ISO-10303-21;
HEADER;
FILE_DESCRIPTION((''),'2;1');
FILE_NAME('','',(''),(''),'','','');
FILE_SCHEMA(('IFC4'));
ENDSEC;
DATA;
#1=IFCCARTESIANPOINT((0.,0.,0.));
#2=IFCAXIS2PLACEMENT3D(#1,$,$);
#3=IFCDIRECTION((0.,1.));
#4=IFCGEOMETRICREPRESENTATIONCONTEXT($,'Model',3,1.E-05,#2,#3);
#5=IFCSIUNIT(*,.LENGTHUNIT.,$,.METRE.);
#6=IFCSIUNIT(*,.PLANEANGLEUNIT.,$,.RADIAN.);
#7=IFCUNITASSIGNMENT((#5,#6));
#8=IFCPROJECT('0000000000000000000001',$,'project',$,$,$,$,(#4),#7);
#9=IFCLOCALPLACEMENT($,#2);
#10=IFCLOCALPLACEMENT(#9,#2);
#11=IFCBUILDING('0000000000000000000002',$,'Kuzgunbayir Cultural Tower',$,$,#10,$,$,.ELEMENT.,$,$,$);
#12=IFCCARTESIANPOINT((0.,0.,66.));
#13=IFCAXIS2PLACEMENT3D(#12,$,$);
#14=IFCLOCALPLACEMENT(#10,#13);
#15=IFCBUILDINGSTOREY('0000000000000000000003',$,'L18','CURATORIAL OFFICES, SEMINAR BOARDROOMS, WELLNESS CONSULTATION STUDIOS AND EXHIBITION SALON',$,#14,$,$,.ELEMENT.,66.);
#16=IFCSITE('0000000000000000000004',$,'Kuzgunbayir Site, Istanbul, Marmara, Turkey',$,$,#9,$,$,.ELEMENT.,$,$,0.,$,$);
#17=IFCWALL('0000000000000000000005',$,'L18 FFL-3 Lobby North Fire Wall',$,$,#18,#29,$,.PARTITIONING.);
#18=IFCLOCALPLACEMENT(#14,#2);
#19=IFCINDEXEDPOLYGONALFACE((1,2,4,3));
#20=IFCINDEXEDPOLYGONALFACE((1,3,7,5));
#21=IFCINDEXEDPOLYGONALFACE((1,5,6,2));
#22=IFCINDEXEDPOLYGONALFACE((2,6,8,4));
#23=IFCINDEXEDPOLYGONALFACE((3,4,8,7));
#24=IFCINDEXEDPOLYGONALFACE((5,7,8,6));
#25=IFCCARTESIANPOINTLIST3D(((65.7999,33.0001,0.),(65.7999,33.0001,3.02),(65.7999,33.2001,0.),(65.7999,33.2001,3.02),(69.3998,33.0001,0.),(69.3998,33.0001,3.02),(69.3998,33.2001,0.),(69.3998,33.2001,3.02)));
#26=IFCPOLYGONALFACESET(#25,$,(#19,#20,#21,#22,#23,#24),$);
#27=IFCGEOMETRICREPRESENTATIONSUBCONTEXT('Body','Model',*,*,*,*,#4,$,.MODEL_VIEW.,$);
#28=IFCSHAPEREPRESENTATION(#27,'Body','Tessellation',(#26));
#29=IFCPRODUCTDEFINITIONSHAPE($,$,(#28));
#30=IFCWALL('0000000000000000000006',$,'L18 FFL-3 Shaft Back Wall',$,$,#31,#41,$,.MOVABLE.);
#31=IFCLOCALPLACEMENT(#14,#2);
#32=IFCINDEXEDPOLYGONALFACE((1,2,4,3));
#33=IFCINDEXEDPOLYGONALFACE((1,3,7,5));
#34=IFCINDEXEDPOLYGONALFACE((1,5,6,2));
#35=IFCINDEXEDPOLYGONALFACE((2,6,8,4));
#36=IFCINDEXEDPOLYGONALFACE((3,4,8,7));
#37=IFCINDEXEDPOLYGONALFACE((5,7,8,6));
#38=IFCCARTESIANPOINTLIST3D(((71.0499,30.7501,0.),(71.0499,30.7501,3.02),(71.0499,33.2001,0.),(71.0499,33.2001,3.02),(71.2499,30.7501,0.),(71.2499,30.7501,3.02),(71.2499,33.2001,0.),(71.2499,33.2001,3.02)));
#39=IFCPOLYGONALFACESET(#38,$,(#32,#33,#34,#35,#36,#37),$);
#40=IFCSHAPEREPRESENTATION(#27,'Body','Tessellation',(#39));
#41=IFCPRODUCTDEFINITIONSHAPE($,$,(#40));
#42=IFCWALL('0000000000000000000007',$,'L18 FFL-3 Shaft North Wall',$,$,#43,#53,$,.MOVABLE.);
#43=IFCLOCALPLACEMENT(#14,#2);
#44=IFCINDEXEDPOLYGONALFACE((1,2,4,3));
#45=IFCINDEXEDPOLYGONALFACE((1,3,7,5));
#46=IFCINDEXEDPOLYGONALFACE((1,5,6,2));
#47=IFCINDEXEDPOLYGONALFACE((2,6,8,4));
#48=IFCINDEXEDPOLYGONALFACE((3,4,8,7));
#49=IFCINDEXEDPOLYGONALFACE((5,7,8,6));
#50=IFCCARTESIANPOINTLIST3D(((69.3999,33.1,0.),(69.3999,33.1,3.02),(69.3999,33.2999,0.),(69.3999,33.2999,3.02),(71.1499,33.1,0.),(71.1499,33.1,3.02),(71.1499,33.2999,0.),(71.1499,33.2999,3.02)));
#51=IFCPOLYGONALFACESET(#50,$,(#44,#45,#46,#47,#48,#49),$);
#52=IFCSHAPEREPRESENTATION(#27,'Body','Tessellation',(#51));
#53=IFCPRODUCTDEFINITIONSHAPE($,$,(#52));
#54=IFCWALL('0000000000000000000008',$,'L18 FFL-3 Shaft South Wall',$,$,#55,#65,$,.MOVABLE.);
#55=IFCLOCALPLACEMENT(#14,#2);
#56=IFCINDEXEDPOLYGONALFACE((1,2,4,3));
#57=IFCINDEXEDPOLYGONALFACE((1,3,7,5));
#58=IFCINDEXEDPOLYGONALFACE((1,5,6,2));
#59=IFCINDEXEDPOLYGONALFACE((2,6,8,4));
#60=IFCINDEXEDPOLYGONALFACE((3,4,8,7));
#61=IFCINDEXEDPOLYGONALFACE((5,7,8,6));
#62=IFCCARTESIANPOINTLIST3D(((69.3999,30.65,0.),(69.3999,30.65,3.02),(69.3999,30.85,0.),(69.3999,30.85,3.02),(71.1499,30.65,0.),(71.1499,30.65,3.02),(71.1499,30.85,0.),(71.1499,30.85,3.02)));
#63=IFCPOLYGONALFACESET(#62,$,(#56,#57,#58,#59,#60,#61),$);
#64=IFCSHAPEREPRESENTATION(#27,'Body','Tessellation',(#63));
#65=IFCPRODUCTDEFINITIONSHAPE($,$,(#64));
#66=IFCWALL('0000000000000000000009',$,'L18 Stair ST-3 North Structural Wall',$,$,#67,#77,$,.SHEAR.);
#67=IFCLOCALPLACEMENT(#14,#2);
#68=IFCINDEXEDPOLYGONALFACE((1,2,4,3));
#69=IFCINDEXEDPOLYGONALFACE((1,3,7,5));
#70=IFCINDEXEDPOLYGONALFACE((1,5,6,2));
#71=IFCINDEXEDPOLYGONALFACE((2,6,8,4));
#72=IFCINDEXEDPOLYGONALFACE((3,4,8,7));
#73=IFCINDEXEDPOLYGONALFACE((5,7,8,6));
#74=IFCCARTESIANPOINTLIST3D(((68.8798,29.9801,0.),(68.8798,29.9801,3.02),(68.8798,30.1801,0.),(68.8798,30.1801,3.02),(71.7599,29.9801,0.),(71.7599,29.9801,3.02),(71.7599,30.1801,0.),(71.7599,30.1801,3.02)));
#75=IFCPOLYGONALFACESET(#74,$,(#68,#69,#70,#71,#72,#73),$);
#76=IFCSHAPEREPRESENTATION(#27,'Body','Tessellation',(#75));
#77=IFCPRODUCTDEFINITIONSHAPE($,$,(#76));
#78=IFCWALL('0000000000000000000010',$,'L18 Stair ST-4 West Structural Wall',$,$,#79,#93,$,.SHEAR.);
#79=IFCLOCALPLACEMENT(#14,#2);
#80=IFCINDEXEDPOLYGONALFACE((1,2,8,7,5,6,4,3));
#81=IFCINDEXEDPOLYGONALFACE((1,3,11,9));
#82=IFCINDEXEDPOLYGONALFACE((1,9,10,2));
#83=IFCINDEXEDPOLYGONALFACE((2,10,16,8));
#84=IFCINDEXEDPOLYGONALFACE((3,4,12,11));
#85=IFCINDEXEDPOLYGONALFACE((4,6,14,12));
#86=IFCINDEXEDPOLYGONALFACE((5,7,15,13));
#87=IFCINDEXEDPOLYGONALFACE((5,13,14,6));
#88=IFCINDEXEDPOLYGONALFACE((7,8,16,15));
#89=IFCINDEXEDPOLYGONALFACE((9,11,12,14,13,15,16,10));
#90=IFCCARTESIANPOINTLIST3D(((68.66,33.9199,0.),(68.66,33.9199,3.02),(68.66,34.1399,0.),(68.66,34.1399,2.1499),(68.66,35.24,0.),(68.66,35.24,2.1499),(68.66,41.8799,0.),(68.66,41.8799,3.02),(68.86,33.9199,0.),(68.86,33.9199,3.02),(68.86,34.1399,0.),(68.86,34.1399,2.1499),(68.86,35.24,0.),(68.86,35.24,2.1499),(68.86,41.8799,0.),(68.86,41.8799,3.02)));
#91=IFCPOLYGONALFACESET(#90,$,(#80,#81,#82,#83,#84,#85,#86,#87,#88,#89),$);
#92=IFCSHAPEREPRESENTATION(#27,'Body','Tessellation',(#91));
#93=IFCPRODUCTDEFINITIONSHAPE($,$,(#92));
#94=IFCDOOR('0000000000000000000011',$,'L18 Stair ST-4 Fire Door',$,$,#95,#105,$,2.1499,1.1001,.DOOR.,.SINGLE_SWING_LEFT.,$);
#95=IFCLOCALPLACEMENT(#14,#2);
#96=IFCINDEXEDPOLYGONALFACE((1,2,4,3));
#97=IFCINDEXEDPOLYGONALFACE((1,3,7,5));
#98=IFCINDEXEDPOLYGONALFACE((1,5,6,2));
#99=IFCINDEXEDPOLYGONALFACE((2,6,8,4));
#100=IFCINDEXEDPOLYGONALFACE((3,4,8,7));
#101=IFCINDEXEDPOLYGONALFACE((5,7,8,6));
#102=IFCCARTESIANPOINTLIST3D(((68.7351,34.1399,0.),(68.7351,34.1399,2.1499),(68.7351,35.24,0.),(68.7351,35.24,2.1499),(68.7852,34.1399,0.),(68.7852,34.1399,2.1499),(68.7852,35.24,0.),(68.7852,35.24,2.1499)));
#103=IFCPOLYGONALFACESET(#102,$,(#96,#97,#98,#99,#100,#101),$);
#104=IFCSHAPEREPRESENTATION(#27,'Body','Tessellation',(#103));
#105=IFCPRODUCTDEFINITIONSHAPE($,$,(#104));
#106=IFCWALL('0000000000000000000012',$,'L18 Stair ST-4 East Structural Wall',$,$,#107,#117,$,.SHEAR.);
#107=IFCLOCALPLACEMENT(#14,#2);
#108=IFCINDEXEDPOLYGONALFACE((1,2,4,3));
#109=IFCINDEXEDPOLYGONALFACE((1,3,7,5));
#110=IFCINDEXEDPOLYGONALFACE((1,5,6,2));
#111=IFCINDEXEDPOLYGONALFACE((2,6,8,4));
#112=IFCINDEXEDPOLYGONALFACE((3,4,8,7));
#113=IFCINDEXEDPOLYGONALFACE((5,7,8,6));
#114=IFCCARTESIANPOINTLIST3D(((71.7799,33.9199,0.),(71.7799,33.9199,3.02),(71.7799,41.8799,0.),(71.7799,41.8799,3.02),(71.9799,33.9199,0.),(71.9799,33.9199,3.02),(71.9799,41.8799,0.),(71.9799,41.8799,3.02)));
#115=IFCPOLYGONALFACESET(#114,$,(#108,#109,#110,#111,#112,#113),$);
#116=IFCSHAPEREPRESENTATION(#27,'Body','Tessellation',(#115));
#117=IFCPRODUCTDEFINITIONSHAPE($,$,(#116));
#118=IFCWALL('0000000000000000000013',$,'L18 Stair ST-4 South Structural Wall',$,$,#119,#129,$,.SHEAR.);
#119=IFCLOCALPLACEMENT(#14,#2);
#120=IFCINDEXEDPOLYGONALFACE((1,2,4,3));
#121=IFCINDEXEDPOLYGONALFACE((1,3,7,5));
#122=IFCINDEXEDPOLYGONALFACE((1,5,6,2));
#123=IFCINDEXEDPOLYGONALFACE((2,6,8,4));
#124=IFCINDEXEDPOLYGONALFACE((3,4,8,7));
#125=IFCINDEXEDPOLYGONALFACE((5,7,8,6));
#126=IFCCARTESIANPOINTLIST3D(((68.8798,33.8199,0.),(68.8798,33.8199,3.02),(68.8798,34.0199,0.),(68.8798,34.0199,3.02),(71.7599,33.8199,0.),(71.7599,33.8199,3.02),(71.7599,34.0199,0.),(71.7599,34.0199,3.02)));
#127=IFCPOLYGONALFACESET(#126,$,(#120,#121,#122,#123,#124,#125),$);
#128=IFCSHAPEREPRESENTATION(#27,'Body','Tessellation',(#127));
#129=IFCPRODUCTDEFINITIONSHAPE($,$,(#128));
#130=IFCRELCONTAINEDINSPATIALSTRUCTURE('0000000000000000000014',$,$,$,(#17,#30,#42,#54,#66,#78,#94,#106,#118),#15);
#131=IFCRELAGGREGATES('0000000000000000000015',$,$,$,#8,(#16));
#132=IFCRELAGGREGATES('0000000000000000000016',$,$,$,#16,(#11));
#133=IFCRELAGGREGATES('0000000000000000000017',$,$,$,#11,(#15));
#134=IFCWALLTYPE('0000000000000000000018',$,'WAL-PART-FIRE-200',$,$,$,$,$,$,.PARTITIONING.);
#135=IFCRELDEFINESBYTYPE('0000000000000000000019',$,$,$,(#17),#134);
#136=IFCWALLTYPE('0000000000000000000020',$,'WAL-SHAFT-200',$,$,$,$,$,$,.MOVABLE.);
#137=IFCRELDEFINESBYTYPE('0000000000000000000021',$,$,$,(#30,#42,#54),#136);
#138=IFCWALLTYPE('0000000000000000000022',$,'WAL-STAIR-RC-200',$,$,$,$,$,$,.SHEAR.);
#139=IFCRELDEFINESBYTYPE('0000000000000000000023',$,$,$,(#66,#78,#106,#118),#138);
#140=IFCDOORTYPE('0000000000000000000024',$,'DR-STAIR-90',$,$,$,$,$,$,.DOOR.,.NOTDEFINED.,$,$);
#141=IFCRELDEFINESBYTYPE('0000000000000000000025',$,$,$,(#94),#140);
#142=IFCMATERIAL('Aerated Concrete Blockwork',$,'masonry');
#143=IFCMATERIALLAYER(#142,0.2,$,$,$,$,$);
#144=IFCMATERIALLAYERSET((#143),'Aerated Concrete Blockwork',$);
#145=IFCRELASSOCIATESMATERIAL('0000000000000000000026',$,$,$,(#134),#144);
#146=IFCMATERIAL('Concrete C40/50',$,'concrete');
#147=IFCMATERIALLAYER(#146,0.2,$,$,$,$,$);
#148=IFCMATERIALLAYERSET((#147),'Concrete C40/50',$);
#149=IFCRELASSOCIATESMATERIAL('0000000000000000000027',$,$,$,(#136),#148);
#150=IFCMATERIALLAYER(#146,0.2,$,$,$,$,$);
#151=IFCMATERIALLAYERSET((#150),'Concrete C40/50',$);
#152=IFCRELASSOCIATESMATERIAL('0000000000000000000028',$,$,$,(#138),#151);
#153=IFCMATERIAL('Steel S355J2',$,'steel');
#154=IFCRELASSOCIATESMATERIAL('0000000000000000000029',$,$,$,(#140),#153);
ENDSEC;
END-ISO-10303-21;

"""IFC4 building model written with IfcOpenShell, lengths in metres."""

from ifc_helpers import new_model, si_unit, direction, frame, frame_2d, origin, place, context, subcontext, project, spatial, rectangle, extrude, material, layer, layer_set, type_object, element, fill, save


model = new_model("IFC4")

# Units and contexts
model_context = context("Model", 3, precision=1e-05, world=origin(), true_north=direction((0.0, 1.0)))
body_context = subcontext(model_context, "Body", "Model", "MODEL_VIEW")
ifc_project = project(units=[si_unit("LENGTHUNIT", "METRE"), si_unit("PLANEANGLEUNIT", "RADIAN")], contexts=[model_context])

# Site, building, storey
site_placement = place(None, origin())
site = spatial("IfcSite", under=ifc_project, at=site_placement, Name="Kuzgunbayir Site, Istanbul, Marmara, Turkey", CompositionType="ELEMENT", RefElevation=0.0)
building_placement = place(site_placement, origin())
building = spatial("IfcBuilding", under=site, at=building_placement, Name="Kuzgunbayir Cultural Tower", CompositionType="ELEMENT")
storey_placement = place(building_placement, frame((0.0, 0.0, 66.0)))
storey = spatial("IfcBuildingStorey", under=building, at=storey_placement, Name="L18", Description="CURATORIAL OFFICES, SEMINAR BOARDROOMS, WELLNESS CONSULTATION STUDIOS AND EXHIBITION SALON", CompositionType="ELEMENT", Elevation=66.0)

# Shared definitions
ifc_material_1 = material(Name="Steel S355J2", Category="steel")

# Wall
ifc_material_2 = material(Name="Aerated Concrete Blockwork", Category="masonry")
ifc_layer_1 = layer(ifc_material_2, 0.2)
ifc_layer_set_1 = layer_set([ifc_layer_1], Name="Aerated Concrete Blockwork")
wall_type_1 = type_object("IfcWallType", Name="WAL-PART-FIRE-200", PredefinedType="PARTITIONING", material=ifc_layer_set_1)
wall_1_placement = place(storey_placement, frame((65.8, 33.1001, 0.0), z_axis=(0.0, 0.0, 1.0), x_axis=(1.0, 0.0, 0.0)))
element("IfcWall", 1, at=wall_1_placement, inside=storey, type_object=wall_type_1, Name="L18 FFL-3 Lobby North Fire Wall", PredefinedType="PARTITIONING", context=body_context, shape_type="SweptSolid", body=[
    extrude(rectangle(XDim=3.5999, YDim=0.2, at=frame_2d((1.7998, 0.0))), origin(), (0.0, 0.0, 1.0), 3.02),
])

# Shared definitions
ifc_material_3 = material(Name="Concrete C40/50", Category="concrete")
ifc_layer_2 = layer(ifc_material_3, 0.2)
ifc_layer_set_2 = layer_set([ifc_layer_2], Name="Concrete C40/50")
wall_type_2 = type_object("IfcWallType", Name="WAL-SHAFT-200", PredefinedType="MOVABLE", material=ifc_layer_set_2)

# Walls
wall_2_placement = place(storey_placement, frame((71.1499, 30.75, 0.0), z_axis=(0.0, 0.0, 1.0), x_axis=(0.0, 1.0, 0.0)))
element("IfcWall", 2, at=wall_2_placement, inside=storey, type_object=wall_type_2, Name="L18 FFL-3 Shaft Back Wall", PredefinedType="MOVABLE", context=body_context, shape_type="SweptSolid", body=[
    extrude(rectangle(XDim=2.45, YDim=0.2, at=frame_2d((1.2251, 0.0))), origin(), (0.0, 0.0, 1.0), 3.02),
])
for number, where, z_axis, x_axis, name in (
    (3, (69.3999, 33.2, 0.0), (0.0, 0.0, 1.0), (1.0, 0.0, 0.0), "L18 FFL-3 Shaft North Wall"),
    (4, (69.3999, 30.75, 0.0), (0.0, 0.0, 1.0), (1.0, 0.0, 0.0), "L18 FFL-3 Shaft South Wall"),
):
    element("IfcWall", number, at=place(storey_placement, frame(where, z_axis=z_axis, x_axis=x_axis)), inside=storey, type_object=wall_type_2, Name=name, PredefinedType="MOVABLE", context=body_context, shape_type="SweptSolid", body=[
        extrude(rectangle(XDim=1.75, YDim=0.2, at=frame_2d((0.875, 0.0))), origin(), (0.0, 0.0, 1.0), 3.02),
    ])
ifc_layer_3 = layer(ifc_material_3, 0.2)
ifc_layer_set_3 = layer_set([ifc_layer_3], Name="Concrete C40/50")
wall_type_3 = type_object("IfcWallType", Name="WAL-STAIR-RC-200", PredefinedType="SHEAR", material=ifc_layer_set_3)
wall_3_placement = place(storey_placement, frame((68.8799, 30.0801, 0.0), z_axis=(0.0, 0.0, 1.0), x_axis=(1.0, 0.0, 0.0)))
element("IfcWall", 5, at=wall_3_placement, inside=storey, type_object=wall_type_3, Name="L18 Stair ST-3 North Structural Wall", PredefinedType="SHEAR", context=body_context, shape_type="SweptSolid", body=[
    extrude(rectangle(XDim=2.8801, YDim=0.2, at=frame_2d((1.4399, 0.0))), origin(), (0.0, 0.0, 1.0), 3.02),
])

# Wall, opening, door
wall_4_placement = place(storey_placement, frame((68.76, 33.9199, 0.0), z_axis=(0.0, 0.0, 1.0), x_axis=(0.0, 1.0, 0.0)))
wall_4 = element("IfcWall", 6, at=wall_4_placement, inside=storey, type_object=wall_type_3, Name="L18 Stair ST-4 West Structural Wall", PredefinedType="SHEAR", context=body_context, shape_type="SweptSolid", body=[
    extrude(rectangle(XDim=7.96, YDim=0.2, at=frame_2d((3.98, 0.0))), origin(), (0.0, 0.0, 1.0), 3.02),
])
opening_1_placement = place(wall_4_placement, frame((0.22, 0.0, 0.0)))
opening_1 = element("IfcOpeningElement", 7, at=opening_1_placement, cuts=wall_4, PredefinedType="OPENING", context=body_context, shape_type="SweptSolid", body=[
    extrude(rectangle(XDim=1.1001, YDim=2.1499, at=frame_2d((0.55, 1.075))), frame((0.0, 0.1099, 0.0), z_axis=(0.0, -1.0, 0.0), x_axis=(1.0, 0.0, 0.0)), (0.0, 0.0, 1.0), 0.22),
])
door_type_1 = type_object("IfcDoorType", Name="DR-STAIR-90", OperationType="NOTDEFINED", PredefinedType="DOOR", material=ifc_material_1)
door_1_placement = place(opening_1_placement, origin())
door_1 = element("IfcDoor", 8, at=door_1_placement, inside=storey, type_object=door_type_1, Name="L18 Stair ST-4 Fire Door", OperationType="SINGLE_SWING_LEFT", OverallHeight=2.1499, OverallWidth=1.1001, PredefinedType="DOOR", context=body_context, shape_type="SweptSolid", body=[
    extrude(rectangle(XDim=1.1001, YDim=2.1499, at=frame_2d((0.55, 1.075))), frame((0.0, 0.0249, 0.0), z_axis=(0.0, -1.0, 0.0), x_axis=(1.0, 0.0, 0.0)), (0.0, 0.0, 1.0), 0.05),
])
fill(opening_1, door_1)

# Walls
wall_5_placement = place(storey_placement, frame((71.8799, 33.9199, 0.0), z_axis=(0.0, 0.0, 1.0), x_axis=(0.0, 1.0, 0.0)))
element("IfcWall", 9, at=wall_5_placement, inside=storey, type_object=wall_type_3, Name="L18 Stair ST-4 East Structural Wall", PredefinedType="SHEAR", context=body_context, shape_type="SweptSolid", body=[
    extrude(rectangle(XDim=7.96, YDim=0.2, at=frame_2d((3.98, 0.0))), origin(), (0.0, 0.0, 1.0), 3.02),
])
wall_6_placement = place(storey_placement, frame((68.8799, 33.9199, 0.0), z_axis=(0.0, 0.0, 1.0), x_axis=(1.0, 0.0, 0.0)))
element("IfcWall", 10, at=wall_6_placement, inside=storey, type_object=wall_type_3, Name="L18 Stair ST-4 South Structural Wall", PredefinedType="SHEAR", context=body_context, shape_type="SweptSolid", body=[
    extrude(rectangle(XDim=2.8801, YDim=0.2, at=frame_2d((1.4399, 0.0))), origin(), (0.0, 0.0, 1.0), 3.02),
])

save(model, "model.ifc")
